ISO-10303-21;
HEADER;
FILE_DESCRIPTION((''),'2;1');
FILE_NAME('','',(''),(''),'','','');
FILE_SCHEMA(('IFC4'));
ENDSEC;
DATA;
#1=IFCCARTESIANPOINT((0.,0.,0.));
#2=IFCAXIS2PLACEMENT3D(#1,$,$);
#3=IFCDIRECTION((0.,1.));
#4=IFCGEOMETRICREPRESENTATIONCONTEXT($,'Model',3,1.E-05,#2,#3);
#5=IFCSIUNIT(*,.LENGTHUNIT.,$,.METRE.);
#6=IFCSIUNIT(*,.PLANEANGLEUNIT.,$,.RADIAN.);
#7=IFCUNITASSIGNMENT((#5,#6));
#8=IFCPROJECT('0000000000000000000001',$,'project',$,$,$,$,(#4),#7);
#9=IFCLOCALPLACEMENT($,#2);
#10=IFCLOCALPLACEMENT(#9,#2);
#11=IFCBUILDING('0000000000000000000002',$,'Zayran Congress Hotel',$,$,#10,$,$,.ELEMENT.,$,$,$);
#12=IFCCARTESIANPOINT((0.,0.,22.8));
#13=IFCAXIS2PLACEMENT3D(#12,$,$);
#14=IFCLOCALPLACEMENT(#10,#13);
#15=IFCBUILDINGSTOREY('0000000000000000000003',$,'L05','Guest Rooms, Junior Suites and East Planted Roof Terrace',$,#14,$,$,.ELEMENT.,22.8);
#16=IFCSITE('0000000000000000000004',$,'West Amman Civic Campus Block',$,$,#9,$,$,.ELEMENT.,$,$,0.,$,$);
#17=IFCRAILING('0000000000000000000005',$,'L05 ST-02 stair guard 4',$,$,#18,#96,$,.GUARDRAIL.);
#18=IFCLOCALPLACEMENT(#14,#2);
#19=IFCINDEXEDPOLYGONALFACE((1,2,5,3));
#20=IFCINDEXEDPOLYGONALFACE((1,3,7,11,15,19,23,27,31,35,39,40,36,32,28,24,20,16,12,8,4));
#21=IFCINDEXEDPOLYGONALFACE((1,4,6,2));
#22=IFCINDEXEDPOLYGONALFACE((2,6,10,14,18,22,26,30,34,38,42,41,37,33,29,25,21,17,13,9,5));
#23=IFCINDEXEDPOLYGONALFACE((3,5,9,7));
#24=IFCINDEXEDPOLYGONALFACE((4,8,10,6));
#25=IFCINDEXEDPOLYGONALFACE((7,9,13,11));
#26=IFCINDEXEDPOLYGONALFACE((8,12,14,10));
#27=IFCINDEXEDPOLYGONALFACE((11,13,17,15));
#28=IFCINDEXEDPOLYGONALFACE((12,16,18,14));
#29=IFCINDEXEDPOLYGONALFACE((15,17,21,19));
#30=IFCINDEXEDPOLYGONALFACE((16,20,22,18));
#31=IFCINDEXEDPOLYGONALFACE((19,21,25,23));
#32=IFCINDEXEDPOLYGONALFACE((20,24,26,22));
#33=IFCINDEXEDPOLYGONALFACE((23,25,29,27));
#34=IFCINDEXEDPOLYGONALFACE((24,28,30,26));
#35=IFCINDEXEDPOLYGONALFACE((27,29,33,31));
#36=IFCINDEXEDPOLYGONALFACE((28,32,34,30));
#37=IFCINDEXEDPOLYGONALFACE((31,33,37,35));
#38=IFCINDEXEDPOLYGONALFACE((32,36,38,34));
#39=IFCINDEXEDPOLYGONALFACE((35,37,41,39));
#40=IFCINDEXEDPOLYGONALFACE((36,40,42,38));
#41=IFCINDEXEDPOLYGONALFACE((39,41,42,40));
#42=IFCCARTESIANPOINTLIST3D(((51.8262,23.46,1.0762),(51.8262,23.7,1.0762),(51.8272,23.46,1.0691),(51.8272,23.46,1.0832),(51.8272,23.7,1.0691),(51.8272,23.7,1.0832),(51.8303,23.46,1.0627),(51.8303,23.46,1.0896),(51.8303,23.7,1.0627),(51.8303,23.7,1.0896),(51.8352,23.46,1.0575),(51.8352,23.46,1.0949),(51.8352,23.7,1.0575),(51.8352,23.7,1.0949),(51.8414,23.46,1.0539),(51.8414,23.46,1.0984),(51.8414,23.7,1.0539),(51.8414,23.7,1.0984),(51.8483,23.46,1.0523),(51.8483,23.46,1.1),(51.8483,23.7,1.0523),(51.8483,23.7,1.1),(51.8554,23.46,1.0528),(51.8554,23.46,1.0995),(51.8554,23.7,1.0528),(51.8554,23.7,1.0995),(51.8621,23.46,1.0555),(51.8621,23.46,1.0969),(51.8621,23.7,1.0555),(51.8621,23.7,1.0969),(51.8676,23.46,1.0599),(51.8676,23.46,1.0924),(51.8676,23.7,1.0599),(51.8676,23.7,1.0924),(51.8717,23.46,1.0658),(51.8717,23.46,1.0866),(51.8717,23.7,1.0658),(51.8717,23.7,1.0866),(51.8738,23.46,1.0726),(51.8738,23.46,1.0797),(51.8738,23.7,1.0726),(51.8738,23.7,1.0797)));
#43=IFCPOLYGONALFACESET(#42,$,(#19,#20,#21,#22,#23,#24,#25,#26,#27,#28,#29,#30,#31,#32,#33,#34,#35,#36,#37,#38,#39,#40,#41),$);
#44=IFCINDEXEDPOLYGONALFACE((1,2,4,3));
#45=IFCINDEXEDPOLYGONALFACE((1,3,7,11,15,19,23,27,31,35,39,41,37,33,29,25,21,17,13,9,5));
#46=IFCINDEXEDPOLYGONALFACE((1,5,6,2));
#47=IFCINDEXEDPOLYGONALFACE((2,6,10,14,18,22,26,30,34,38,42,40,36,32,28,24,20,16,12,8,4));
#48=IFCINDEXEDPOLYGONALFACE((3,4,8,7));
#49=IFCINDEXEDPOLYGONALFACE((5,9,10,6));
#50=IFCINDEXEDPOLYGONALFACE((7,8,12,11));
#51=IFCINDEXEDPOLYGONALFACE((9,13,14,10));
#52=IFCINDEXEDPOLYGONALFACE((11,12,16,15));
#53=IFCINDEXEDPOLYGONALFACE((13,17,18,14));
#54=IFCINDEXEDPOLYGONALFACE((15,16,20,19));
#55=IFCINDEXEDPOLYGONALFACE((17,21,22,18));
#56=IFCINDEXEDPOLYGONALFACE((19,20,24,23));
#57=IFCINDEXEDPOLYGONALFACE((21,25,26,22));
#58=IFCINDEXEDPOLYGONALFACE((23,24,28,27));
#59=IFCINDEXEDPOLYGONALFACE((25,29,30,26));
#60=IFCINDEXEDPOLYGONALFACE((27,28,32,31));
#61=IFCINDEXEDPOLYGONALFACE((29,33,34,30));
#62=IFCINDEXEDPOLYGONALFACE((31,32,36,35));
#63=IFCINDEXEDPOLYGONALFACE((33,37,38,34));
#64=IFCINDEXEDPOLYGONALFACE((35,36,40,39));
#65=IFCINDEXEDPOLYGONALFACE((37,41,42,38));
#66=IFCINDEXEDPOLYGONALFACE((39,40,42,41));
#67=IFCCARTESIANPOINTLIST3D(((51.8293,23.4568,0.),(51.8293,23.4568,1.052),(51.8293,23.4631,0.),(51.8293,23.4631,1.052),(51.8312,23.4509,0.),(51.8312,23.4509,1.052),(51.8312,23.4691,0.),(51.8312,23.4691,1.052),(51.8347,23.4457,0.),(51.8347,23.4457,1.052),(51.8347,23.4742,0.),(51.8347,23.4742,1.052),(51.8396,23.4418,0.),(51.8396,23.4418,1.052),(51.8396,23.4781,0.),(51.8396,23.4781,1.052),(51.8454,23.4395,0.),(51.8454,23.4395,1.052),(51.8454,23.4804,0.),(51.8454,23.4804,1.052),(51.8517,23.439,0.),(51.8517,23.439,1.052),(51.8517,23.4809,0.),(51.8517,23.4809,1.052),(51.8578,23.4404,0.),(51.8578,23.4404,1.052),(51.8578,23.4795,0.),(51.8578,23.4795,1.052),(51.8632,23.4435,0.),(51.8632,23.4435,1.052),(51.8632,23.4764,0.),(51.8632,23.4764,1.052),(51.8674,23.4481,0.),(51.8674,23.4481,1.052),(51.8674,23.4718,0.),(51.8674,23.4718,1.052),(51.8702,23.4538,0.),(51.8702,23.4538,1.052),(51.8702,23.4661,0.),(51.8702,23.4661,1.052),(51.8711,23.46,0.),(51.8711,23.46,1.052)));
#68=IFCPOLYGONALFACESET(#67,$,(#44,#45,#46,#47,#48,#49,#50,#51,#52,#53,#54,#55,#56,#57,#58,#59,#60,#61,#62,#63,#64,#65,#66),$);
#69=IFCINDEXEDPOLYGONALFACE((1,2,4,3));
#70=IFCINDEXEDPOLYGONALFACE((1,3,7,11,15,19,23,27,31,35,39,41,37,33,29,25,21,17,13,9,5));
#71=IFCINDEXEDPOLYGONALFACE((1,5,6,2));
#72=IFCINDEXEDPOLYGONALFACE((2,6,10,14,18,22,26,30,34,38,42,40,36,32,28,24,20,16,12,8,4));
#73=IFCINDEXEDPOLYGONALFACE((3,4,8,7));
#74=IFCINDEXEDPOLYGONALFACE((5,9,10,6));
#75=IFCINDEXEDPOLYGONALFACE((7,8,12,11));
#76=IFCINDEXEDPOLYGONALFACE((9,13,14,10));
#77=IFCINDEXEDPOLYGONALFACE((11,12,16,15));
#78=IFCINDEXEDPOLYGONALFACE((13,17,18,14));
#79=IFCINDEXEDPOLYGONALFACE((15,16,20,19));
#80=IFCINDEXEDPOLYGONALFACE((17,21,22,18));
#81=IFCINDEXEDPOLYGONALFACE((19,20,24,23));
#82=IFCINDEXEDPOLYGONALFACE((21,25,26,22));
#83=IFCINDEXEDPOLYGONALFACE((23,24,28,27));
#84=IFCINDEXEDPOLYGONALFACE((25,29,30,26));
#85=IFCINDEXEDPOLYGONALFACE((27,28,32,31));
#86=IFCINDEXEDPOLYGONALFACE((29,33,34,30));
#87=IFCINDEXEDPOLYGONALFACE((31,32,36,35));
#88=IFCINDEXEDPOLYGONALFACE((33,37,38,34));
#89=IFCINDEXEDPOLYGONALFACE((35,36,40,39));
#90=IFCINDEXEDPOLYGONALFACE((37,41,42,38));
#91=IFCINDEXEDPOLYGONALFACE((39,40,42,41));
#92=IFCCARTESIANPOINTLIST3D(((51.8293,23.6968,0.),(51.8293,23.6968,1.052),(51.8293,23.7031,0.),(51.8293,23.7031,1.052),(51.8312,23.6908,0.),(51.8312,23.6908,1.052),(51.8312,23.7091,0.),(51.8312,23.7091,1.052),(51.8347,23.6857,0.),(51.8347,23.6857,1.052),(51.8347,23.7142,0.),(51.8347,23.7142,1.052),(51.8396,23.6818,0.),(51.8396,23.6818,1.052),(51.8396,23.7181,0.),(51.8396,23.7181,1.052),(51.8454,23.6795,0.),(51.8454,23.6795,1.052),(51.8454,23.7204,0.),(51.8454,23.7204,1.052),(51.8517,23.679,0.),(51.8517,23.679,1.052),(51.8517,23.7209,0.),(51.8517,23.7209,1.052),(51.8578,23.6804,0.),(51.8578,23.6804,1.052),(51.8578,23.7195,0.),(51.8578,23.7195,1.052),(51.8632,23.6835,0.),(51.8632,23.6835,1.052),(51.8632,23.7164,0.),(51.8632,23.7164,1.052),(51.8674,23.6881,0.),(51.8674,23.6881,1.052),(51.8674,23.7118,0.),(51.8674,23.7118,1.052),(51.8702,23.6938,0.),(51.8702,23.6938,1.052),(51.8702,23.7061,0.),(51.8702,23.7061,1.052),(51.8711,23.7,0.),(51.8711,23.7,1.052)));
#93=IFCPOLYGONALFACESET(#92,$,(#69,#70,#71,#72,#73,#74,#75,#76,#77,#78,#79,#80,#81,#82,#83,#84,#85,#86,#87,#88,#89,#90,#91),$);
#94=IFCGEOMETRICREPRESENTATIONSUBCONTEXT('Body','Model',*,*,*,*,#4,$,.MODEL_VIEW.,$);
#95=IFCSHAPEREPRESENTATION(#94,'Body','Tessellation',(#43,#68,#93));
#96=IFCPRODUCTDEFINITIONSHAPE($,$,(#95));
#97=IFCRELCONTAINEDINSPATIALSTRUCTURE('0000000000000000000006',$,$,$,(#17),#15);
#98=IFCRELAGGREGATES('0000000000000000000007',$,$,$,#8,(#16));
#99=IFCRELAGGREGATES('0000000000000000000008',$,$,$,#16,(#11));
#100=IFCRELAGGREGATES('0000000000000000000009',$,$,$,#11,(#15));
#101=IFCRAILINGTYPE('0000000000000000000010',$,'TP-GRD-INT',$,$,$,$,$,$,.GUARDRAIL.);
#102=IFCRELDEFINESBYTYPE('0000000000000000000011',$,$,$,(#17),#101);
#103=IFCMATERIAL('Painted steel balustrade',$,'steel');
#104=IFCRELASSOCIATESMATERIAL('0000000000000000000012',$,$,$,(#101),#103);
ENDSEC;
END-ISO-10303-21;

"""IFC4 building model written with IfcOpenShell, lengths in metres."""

from ifc_helpers import new_model, si_unit, direction, frame, origin, origin_2d, place, context, subcontext, project, spatial, circle, extrude, material, type_object, element, save


model = new_model("IFC4")

# Units and contexts
model_context = context("Model", 3, precision=1e-05, world=origin(), true_north=direction((0.0, 1.0)))
body_context = subcontext(model_context, "Body", "Model", "MODEL_VIEW")
ifc_project = project(units=[si_unit("LENGTHUNIT", "METRE"), si_unit("PLANEANGLEUNIT", "RADIAN")], contexts=[model_context])

# Site, building, storey
site_placement = place(None, origin())
site = spatial("IfcSite", under=ifc_project, at=site_placement, Name="West Amman Civic Campus Block", CompositionType="ELEMENT", RefElevation=0.0)
building_placement = place(site_placement, origin())
building = spatial("IfcBuilding", under=site, at=building_placement, Name="Zayran Congress Hotel", CompositionType="ELEMENT")
storey_placement = place(building_placement, frame((0.0, 0.0, 22.8)))
storey = spatial("IfcBuildingStorey", under=building, at=storey_placement, Name="L05", Description="Guest Rooms, Junior Suites and East Planted Roof Terrace", CompositionType="ELEMENT", Elevation=22.8)

# Railing
ifc_material_1 = material(Name="Painted steel balustrade", Category="steel")
railing_type_1 = type_object("IfcRailingType", Name="TP-GRD-INT", PredefinedType="GUARDRAIL", material=ifc_material_1)
railing_1_placement = place(storey_placement, frame((51.8501, 23.46, 0.0)))
element("IfcRailing", 1, at=railing_1_placement, inside=storey, type_object=railing_type_1, Name="L05 ST-02 stair guard 4", PredefinedType="GUARDRAIL", context=body_context, shape_type="SweptSolid", body=[
    extrude(circle(Radius=0.0239, at=origin_2d()), frame((0.0, 0.0, 1.0762), z_axis=(0.0, 1.0, 0.0), x_axis=(-1.0, 0.0, 0.0)), (0.0, 0.0, 1.0), 0.24),
    extrude(circle(Radius=0.021, at=origin_2d()), origin(), (0.0, 0.0, 1.0), 1.052),
    extrude(circle(Radius=0.021, at=origin_2d()), frame((0.0, 0.24, 0.0)), (0.0, 0.0, 1.0), 1.052),
])

save(model, "model.ifc")
